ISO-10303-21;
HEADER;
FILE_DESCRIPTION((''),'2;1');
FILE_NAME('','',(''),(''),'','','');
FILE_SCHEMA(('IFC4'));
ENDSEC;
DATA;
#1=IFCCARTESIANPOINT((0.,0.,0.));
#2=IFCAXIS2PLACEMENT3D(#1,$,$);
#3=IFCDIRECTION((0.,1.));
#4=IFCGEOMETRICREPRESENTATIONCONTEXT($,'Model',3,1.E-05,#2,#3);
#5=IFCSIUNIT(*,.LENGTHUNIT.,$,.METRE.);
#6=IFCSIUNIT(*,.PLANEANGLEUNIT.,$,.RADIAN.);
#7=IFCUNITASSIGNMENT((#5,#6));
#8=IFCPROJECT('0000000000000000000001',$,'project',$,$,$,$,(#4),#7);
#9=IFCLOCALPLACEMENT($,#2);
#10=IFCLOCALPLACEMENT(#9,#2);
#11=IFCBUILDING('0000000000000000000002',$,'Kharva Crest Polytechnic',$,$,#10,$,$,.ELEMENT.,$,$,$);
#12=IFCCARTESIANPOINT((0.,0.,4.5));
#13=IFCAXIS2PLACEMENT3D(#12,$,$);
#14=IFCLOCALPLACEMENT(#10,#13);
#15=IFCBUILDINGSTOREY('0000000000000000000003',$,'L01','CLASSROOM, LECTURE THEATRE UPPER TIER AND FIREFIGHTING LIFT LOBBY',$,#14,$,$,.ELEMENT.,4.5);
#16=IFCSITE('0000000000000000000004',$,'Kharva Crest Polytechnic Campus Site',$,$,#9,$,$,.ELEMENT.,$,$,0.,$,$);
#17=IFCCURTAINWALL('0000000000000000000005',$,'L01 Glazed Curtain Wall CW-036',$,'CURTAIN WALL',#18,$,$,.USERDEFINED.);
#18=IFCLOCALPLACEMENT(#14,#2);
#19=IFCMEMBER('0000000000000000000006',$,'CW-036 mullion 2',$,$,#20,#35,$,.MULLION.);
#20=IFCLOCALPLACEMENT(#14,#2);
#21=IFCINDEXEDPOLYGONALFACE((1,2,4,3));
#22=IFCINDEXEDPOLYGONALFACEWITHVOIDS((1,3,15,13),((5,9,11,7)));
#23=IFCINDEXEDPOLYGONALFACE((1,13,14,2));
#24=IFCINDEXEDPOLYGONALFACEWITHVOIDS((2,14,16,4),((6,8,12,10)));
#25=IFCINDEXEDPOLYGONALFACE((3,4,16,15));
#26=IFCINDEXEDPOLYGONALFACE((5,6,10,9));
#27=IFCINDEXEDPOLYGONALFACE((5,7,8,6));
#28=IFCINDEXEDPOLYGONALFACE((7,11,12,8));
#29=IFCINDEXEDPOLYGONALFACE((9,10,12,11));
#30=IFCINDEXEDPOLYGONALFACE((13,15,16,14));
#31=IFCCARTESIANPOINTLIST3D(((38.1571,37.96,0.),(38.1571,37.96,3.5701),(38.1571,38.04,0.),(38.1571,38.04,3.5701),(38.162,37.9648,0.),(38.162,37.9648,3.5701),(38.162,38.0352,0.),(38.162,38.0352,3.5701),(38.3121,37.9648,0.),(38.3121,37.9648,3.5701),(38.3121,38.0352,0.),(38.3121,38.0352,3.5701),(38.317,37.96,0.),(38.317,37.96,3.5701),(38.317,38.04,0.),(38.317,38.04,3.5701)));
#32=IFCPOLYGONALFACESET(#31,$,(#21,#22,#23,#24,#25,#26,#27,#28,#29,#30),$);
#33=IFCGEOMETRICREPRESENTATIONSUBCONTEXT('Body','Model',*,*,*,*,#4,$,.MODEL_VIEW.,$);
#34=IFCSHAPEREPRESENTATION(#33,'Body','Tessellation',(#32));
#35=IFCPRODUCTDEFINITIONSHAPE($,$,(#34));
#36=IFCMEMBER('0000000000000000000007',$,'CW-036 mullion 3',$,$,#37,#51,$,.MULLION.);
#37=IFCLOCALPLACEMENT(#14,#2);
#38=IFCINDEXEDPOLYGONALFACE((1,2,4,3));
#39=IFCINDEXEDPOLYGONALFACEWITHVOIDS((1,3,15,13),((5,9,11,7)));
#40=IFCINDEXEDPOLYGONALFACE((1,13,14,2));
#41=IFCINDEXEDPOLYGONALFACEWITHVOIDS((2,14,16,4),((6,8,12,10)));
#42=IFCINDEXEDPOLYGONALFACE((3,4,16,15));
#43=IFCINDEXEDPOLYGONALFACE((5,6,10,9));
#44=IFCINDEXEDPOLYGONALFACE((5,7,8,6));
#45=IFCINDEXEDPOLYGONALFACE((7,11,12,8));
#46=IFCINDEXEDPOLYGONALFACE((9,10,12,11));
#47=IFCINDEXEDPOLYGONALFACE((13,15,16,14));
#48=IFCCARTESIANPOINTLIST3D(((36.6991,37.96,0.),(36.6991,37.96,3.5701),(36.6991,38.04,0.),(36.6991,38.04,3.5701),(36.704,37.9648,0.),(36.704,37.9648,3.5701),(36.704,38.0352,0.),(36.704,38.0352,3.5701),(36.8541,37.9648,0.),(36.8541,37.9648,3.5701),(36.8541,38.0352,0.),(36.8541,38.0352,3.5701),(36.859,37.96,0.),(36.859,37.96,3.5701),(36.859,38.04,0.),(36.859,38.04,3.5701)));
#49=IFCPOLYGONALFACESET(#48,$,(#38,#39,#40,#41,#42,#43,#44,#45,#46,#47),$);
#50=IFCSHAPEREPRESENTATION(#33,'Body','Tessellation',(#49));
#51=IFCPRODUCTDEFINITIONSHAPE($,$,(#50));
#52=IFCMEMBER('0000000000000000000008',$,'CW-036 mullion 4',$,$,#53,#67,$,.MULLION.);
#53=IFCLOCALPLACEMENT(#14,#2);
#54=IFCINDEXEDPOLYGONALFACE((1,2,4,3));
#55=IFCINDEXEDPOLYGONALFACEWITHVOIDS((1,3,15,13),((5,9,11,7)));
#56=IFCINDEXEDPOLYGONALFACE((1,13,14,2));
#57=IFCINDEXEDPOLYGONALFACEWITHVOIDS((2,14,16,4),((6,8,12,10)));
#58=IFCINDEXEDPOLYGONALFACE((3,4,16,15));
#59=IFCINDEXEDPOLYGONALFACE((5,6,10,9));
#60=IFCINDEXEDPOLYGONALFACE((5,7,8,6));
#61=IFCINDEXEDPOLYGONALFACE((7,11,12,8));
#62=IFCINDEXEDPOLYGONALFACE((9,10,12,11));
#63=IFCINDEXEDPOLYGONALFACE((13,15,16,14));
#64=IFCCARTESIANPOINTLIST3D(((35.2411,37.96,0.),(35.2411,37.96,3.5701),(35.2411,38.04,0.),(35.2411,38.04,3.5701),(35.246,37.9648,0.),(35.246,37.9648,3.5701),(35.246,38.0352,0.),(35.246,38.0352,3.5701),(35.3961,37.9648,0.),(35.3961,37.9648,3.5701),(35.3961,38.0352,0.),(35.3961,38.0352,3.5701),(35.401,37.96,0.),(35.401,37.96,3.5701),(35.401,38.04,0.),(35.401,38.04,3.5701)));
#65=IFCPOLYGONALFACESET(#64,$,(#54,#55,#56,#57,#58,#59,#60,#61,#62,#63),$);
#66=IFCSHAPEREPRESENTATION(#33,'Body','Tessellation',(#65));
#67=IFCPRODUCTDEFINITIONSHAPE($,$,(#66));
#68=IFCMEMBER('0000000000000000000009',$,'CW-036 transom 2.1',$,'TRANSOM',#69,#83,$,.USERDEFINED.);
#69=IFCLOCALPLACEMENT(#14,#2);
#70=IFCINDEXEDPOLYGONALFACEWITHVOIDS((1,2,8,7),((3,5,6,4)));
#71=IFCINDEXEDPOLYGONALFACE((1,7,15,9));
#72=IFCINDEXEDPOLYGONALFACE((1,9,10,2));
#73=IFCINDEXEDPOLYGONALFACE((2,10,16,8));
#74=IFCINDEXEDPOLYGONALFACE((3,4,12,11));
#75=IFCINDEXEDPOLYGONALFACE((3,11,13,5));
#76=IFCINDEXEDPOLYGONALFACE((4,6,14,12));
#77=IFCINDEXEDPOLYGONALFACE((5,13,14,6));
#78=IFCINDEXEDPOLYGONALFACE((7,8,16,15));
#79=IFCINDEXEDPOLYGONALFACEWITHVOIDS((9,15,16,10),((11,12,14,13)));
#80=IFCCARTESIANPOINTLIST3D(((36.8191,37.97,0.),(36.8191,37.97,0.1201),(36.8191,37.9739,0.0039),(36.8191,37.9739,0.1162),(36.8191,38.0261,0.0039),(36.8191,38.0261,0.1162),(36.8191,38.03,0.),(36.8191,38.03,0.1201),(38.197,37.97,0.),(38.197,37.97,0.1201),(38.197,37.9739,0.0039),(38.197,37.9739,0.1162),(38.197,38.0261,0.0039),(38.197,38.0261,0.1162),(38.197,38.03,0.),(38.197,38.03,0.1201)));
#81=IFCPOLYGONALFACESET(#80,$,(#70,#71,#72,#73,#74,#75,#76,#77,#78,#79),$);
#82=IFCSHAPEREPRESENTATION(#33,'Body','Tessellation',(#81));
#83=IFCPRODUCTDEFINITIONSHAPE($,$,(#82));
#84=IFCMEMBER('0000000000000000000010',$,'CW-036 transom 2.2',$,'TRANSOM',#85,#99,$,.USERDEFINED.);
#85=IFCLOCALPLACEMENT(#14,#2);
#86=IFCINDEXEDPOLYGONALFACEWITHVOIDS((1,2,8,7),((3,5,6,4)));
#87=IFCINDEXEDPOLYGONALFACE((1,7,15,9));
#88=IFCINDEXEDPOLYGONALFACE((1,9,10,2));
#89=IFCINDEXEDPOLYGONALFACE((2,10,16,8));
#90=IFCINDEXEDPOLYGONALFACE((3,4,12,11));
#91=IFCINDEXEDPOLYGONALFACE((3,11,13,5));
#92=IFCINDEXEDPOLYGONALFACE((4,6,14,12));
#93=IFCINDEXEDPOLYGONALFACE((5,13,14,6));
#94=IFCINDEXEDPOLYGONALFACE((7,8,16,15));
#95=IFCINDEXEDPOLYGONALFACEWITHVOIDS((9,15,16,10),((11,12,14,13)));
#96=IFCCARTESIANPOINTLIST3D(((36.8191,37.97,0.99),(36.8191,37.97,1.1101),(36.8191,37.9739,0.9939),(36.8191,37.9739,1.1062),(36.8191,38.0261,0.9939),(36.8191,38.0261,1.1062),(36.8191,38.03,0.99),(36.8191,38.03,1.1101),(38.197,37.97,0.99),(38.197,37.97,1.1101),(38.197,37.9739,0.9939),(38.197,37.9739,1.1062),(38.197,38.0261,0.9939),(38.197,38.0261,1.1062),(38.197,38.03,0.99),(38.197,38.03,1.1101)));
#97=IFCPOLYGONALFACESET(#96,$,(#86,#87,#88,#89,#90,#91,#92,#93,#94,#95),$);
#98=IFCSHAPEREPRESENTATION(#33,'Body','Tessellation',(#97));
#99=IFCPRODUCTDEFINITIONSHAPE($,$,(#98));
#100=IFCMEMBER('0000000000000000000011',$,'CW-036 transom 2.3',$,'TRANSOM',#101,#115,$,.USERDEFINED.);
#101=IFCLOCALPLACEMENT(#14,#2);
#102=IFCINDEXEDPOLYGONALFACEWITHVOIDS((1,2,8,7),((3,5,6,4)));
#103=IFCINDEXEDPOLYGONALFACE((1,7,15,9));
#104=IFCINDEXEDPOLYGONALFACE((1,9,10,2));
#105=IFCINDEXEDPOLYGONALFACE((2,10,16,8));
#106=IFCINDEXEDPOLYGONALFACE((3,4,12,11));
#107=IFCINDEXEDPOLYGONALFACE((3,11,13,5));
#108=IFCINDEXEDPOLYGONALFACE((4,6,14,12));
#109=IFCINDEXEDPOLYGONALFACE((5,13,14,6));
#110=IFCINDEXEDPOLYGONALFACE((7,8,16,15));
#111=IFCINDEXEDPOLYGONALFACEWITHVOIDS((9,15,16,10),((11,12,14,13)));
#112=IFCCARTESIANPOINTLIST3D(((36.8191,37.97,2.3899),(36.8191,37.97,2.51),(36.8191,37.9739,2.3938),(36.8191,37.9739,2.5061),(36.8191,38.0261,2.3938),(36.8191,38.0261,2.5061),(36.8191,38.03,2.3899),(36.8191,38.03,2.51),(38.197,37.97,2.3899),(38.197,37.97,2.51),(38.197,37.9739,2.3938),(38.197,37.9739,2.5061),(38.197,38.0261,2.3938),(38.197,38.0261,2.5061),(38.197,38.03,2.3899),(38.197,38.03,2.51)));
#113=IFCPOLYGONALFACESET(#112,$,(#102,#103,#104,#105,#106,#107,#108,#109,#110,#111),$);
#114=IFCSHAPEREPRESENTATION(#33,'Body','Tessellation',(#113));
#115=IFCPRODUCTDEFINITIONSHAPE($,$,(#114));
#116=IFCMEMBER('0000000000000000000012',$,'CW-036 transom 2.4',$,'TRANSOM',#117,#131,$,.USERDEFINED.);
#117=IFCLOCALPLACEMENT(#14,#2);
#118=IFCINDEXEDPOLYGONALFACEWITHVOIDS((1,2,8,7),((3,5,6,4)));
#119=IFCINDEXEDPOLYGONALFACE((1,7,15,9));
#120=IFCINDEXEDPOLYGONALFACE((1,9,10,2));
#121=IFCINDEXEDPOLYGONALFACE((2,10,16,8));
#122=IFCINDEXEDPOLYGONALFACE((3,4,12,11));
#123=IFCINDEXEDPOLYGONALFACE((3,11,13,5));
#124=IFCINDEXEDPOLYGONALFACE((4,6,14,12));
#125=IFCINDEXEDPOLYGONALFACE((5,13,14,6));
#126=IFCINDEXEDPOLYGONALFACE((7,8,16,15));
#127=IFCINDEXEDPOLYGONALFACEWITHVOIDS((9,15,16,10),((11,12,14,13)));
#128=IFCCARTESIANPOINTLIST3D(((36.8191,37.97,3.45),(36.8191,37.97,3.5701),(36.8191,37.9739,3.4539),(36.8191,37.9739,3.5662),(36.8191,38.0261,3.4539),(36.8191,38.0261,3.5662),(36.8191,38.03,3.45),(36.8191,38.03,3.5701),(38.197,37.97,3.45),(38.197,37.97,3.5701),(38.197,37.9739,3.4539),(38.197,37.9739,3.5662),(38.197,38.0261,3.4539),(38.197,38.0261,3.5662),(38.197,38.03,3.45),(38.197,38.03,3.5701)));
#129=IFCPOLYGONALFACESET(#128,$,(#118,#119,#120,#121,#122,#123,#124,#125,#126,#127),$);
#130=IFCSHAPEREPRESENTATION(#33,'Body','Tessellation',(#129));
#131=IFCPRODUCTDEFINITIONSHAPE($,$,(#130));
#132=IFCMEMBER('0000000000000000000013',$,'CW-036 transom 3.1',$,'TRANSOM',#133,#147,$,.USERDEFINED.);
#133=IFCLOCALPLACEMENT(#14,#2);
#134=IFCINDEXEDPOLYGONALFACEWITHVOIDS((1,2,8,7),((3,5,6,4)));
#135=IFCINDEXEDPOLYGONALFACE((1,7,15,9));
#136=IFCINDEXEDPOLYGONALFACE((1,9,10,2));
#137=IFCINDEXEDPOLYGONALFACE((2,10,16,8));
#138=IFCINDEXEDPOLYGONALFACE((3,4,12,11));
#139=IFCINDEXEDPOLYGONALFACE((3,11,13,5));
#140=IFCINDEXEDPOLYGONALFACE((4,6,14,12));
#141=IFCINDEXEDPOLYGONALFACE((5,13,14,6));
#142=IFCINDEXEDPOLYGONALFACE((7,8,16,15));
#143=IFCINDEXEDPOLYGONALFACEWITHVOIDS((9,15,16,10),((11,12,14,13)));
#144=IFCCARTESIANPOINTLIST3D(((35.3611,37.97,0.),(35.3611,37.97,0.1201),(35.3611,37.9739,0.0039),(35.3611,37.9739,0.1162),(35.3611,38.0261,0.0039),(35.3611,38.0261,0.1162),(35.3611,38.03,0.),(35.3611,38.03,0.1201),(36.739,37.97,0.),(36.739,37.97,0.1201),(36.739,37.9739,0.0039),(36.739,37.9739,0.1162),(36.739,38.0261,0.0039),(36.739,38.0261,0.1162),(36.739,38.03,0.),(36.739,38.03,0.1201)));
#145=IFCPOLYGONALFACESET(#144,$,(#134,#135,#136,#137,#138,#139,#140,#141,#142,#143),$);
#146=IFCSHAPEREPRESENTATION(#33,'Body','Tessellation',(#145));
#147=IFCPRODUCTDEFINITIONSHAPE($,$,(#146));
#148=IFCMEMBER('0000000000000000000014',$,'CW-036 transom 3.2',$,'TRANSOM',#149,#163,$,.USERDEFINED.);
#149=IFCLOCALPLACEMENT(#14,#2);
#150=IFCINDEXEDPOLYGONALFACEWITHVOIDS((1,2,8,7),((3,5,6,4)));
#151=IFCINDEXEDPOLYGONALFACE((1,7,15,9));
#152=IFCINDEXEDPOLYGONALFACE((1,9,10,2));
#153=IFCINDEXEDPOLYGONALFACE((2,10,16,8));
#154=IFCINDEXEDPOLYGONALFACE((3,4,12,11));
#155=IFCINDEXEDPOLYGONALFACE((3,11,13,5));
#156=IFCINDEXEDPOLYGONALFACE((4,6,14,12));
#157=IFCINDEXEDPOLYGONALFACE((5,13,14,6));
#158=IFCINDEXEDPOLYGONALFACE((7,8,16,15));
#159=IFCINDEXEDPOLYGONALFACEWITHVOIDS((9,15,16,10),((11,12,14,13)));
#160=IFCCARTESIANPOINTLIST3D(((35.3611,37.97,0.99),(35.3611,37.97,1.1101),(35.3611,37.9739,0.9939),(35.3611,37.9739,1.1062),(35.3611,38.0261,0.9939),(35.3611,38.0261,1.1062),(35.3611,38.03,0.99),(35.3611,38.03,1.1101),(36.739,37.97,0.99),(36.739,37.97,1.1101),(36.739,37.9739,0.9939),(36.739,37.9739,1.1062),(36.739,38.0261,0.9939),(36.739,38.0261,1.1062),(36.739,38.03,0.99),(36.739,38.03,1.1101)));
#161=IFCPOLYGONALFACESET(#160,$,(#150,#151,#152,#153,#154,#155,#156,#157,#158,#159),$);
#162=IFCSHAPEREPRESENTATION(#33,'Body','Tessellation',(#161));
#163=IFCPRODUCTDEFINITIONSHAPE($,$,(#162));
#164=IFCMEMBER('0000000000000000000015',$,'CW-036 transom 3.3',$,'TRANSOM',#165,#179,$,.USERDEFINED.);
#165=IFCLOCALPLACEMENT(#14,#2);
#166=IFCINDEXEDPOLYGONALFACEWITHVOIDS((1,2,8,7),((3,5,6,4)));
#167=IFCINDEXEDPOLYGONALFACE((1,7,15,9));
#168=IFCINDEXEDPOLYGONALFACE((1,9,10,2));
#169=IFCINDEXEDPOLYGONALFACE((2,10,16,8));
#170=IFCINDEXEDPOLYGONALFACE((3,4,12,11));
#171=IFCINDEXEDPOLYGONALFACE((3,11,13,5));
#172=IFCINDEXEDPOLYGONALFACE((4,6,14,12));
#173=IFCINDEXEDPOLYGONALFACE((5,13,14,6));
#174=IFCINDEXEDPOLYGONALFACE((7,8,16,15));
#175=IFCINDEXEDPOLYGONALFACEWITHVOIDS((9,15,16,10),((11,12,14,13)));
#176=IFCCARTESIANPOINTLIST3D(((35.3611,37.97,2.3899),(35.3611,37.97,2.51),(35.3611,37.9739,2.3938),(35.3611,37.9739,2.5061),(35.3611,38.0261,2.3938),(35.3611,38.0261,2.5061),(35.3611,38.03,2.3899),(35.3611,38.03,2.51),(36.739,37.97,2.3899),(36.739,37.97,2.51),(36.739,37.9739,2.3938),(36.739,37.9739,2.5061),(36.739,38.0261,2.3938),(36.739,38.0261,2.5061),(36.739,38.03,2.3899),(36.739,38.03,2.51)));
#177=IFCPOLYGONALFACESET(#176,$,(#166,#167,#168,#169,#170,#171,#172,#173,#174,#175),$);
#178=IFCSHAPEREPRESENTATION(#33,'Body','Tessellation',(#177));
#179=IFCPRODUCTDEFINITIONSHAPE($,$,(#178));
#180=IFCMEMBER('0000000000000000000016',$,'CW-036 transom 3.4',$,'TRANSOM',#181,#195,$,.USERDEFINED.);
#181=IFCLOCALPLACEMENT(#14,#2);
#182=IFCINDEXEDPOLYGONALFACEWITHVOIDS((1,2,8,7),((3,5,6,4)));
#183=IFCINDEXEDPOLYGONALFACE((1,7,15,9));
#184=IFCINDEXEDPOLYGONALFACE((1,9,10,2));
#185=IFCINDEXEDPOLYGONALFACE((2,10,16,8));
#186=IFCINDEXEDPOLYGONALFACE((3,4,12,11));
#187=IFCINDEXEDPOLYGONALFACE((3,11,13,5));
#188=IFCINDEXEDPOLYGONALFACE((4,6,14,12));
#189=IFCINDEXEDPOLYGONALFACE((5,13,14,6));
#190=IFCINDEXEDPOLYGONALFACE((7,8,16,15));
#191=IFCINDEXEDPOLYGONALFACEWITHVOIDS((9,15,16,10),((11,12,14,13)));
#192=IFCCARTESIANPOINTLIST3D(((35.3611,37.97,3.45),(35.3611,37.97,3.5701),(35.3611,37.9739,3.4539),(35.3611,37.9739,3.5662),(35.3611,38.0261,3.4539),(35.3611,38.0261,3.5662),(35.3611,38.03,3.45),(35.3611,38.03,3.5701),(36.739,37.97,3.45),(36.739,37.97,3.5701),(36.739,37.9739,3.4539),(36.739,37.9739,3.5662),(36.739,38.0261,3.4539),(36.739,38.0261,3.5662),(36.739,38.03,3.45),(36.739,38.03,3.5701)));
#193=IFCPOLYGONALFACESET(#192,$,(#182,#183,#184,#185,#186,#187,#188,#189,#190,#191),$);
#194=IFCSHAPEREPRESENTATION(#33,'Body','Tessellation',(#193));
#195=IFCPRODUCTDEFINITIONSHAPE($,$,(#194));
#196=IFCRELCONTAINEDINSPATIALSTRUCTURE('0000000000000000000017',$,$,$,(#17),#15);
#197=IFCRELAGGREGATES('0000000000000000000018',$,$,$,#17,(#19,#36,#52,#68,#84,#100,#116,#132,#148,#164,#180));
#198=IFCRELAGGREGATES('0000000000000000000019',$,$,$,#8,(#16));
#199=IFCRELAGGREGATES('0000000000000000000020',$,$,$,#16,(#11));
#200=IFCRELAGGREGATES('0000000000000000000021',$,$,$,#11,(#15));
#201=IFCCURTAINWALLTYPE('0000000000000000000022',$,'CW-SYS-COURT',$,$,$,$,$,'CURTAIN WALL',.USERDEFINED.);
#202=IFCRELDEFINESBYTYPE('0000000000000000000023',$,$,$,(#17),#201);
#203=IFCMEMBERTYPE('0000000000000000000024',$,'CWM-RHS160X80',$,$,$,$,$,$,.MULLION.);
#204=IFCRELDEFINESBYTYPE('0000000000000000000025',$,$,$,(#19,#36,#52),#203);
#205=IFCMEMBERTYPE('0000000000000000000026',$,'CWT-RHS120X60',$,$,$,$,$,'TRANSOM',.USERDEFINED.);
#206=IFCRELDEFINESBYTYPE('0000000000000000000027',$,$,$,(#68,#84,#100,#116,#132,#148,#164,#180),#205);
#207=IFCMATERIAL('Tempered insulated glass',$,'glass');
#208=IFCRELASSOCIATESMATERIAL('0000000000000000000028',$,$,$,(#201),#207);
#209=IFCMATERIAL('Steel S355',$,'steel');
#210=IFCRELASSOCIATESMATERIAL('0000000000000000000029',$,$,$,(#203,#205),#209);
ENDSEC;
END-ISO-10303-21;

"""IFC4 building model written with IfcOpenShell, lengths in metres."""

from ifc_helpers import new_model, si_unit, direction, frame, origin, origin_2d, place, context, subcontext, project, spatial, hollow_rectangle, extrude, material, material_profile, profile_set, type_object, element, aggregate, save


model = new_model("IFC4")

# Units and contexts
model_context = context("Model", 3, precision=1e-05, world=origin(), true_north=direction((0.0, 1.0)))
body_context = subcontext(model_context, "Body", "Model", "MODEL_VIEW")
ifc_project = project(units=[si_unit("LENGTHUNIT", "METRE"), si_unit("PLANEANGLEUNIT", "RADIAN")], contexts=[model_context])

# Site, building, storey
site_placement = place(None, origin())
site = spatial("IfcSite", under=ifc_project, at=site_placement, Name="Kharva Crest Polytechnic Campus Site", CompositionType="ELEMENT", RefElevation=0.0)
building_placement = place(site_placement, origin())
building = spatial("IfcBuilding", under=site, at=building_placement, Name="Kharva Crest Polytechnic", CompositionType="ELEMENT")
storey_placement = place(building_placement, frame((0.0, 0.0, 4.5)))
storey = spatial("IfcBuildingStorey", under=building, at=storey_placement, Name="L01", Description="CLASSROOM, LECTURE THEATRE UPPER TIER AND FIREFIGHTING LIFT LOBBY", CompositionType="ELEMENT", Elevation=4.5)

# Curtain wall, members
ifc_material_1 = material(Name="Tempered insulated glass", Category="glass")
curtain_wall_type = type_object("IfcCurtainWallType", Name="CW-SYS-COURT", ElementType="CURTAIN WALL", PredefinedType="USERDEFINED", material=ifc_material_1)
curtain_wall_placement = place(storey_placement, origin())
curtain_wall = element("IfcCurtainWall", 1, at=curtain_wall_placement, inside=storey, type_object=curtain_wall_type, Name="L01 Glazed Curtain Wall CW-036", ObjectType="CURTAIN WALL", PredefinedType="USERDEFINED")
ifc_material_2 = material(Name="Steel S355", Category="steel")
ifc_material_profile_1 = material_profile(ifc_material_2, hollow_rectangle(XDim=0.0801, YDim=0.1599, WallThickness=0.0049, at=origin_2d()), Name="RHS 160X80X5.0")
ifc_profile_set_1 = profile_set([ifc_material_profile_1], Name="Steel S355")
member_type_1 = type_object("IfcMemberType", Name="CWM-RHS160X80", PredefinedType="MULLION", material=ifc_profile_set_1)
member_1_placement = place(storey_placement, frame((38.2371, 38.0, 0.0), z_axis=(0.0, 0.0, 1.0), x_axis=(0.0, -1.0, 0.0)))
member_1 = element("IfcMember", 2, at=member_1_placement, type_object=member_type_1, Name="CW-036 mullion 2", PredefinedType="MULLION", context=body_context, shape_type="SweptSolid", body=[
    extrude(hollow_rectangle(XDim=0.0801, YDim=0.1599, WallThickness=0.0049, at=origin_2d()), origin(), (0.0, 0.0, 1.0), 3.5701),
])
member_2_placement = place(storey_placement, frame((36.7791, 38.0, 0.0), z_axis=(0.0, 0.0, 1.0), x_axis=(0.0, -1.0, 0.0)))
member_2 = element("IfcMember", 3, at=member_2_placement, type_object=member_type_1, Name="CW-036 mullion 3", PredefinedType="MULLION", context=body_context, shape_type="SweptSolid", body=[
    extrude(hollow_rectangle(XDim=0.0801, YDim=0.1599, WallThickness=0.0049, at=origin_2d()), origin(), (0.0, 0.0, 1.0), 3.5701),
])
member_3_placement = place(storey_placement, frame((35.321, 38.0, 0.0), z_axis=(0.0, 0.0, 1.0), x_axis=(0.0, -1.0, 0.0)))
member_3 = element("IfcMember", 4, at=member_3_placement, type_object=member_type_1, Name="CW-036 mullion 4", PredefinedType="MULLION", context=body_context, shape_type="SweptSolid", body=[
    extrude(hollow_rectangle(XDim=0.0801, YDim=0.1599, WallThickness=0.0049, at=origin_2d()), origin(), (0.0, 0.0, 1.0), 3.5701),
])
ifc_material_profile_2 = material_profile(ifc_material_2, hollow_rectangle(XDim=0.0601, YDim=0.1201, WallThickness=0.0039, at=origin_2d()), Name="RHS 120X60X4.0")
ifc_profile_set_2 = profile_set([ifc_material_profile_2], Name="Steel S355")
member_type_2 = type_object("IfcMemberType", Name="CWT-RHS120X60", ElementType="TRANSOM", PredefinedType="USERDEFINED", material=ifc_profile_set_2)
member_4_placement = place(storey_placement, frame((38.197, 38.0, 0.0601), z_axis=(-1.0, 0.0, 0.0), x_axis=(0.0, -1.0, 0.0)))
member_4 = element("IfcMember", 5, at=member_4_placement, type_object=member_type_2, Name="CW-036 transom 2.1", ObjectType="TRANSOM", PredefinedType="USERDEFINED", context=body_context, shape_type="SweptSolid", body=[
    extrude(hollow_rectangle(XDim=0.0601, YDim=0.1201, WallThickness=0.0039, at=origin_2d()), origin(), (0.0, 0.0, 1.0), 1.3779),
])
member_5_placement = place(storey_placement, frame((38.197, 38.0, 1.05), z_axis=(-1.0, 0.0, 0.0), x_axis=(0.0, -1.0, 0.0)))
member_5 = element("IfcMember", 6, at=member_5_placement, type_object=member_type_2, Name="CW-036 transom 2.2", ObjectType="TRANSOM", PredefinedType="USERDEFINED", context=body_context, shape_type="SweptSolid", body=[
    extrude(hollow_rectangle(XDim=0.0601, YDim=0.1201, WallThickness=0.0039, at=origin_2d()), origin(), (0.0, 0.0, 1.0), 1.3779),
])
member_6_placement = place(storey_placement, frame((38.197, 38.0, 2.45), z_axis=(-1.0, 0.0, 0.0), x_axis=(0.0, -1.0, 0.0)))
member_6 = element("IfcMember", 7, at=member_6_placement, type_object=member_type_2, Name="CW-036 transom 2.3", ObjectType="TRANSOM", PredefinedType="USERDEFINED", context=body_context, shape_type="SweptSolid", body=[
    extrude(hollow_rectangle(XDim=0.0601, YDim=0.1201, WallThickness=0.0039, at=origin_2d()), origin(), (0.0, 0.0, 1.0), 1.3779),
])
member_7_placement = place(storey_placement, frame((38.197, 38.0, 3.51), z_axis=(-1.0, 0.0, 0.0), x_axis=(0.0, -1.0, 0.0)))
member_7 = element("IfcMember", 8, at=member_7_placement, type_object=member_type_2, Name="CW-036 transom 2.4", ObjectType="TRANSOM", PredefinedType="USERDEFINED", context=body_context, shape_type="SweptSolid", body=[
    extrude(hollow_rectangle(XDim=0.0601, YDim=0.1201, WallThickness=0.0039, at=origin_2d()), origin(), (0.0, 0.0, 1.0), 1.3779),
])
member_8_placement = place(storey_placement, frame((36.739, 38.0, 0.0601), z_axis=(-1.0, 0.0, 0.0), x_axis=(0.0, -1.0, 0.0)))
member_8 = element("IfcMember", 9, at=member_8_placement, type_object=member_type_2, Name="CW-036 transom 3.1", ObjectType="TRANSOM", PredefinedType="USERDEFINED", context=body_context, shape_type="SweptSolid", body=[
    extrude(hollow_rectangle(XDim=0.0601, YDim=0.1201, WallThickness=0.0039, at=origin_2d()), origin(), (0.0, 0.0, 1.0), 1.3779),
])
member_9_placement = place(storey_placement, frame((36.739, 38.0, 1.05), z_axis=(-1.0, 0.0, 0.0), x_axis=(0.0, -1.0, 0.0)))
member_9 = element("IfcMember", 10, at=member_9_placement, type_object=member_type_2, Name="CW-036 transom 3.2", ObjectType="TRANSOM", PredefinedType="USERDEFINED", context=body_context, shape_type="SweptSolid", body=[
    extrude(hollow_rectangle(XDim=0.0601, YDim=0.1201, WallThickness=0.0039, at=origin_2d()), origin(), (0.0, 0.0, 1.0), 1.3779),
])
member_10_placement = place(storey_placement, frame((36.739, 38.0, 2.45), z_axis=(-1.0, 0.0, 0.0), x_axis=(0.0, -1.0, 0.0)))
member_10 = element("IfcMember", 11, at=member_10_placement, type_object=member_type_2, Name="CW-036 transom 3.3", ObjectType="TRANSOM", PredefinedType="USERDEFINED", context=body_context, shape_type="SweptSolid", body=[
    extrude(hollow_rectangle(XDim=0.0601, YDim=0.1201, WallThickness=0.0039, at=origin_2d()), origin(), (0.0, 0.0, 1.0), 1.3779),
])
member_11_placement = place(storey_placement, frame((36.739, 38.0, 3.51), z_axis=(-1.0, 0.0, 0.0), x_axis=(0.0, -1.0, 0.0)))
member_11 = element("IfcMember", 12, at=member_11_placement, type_object=member_type_2, Name="CW-036 transom 3.4", ObjectType="TRANSOM", PredefinedType="USERDEFINED", context=body_context, shape_type="SweptSolid", body=[
    extrude(hollow_rectangle(XDim=0.0601, YDim=0.1201, WallThickness=0.0039, at=origin_2d()), origin(), (0.0, 0.0, 1.0), 1.3779),
])
aggregate(curtain_wall, [member_1, member_2, member_3, member_4, member_5, member_6, member_7, member_8, member_9, member_10, member_11])

save(model, "model.ifc")
